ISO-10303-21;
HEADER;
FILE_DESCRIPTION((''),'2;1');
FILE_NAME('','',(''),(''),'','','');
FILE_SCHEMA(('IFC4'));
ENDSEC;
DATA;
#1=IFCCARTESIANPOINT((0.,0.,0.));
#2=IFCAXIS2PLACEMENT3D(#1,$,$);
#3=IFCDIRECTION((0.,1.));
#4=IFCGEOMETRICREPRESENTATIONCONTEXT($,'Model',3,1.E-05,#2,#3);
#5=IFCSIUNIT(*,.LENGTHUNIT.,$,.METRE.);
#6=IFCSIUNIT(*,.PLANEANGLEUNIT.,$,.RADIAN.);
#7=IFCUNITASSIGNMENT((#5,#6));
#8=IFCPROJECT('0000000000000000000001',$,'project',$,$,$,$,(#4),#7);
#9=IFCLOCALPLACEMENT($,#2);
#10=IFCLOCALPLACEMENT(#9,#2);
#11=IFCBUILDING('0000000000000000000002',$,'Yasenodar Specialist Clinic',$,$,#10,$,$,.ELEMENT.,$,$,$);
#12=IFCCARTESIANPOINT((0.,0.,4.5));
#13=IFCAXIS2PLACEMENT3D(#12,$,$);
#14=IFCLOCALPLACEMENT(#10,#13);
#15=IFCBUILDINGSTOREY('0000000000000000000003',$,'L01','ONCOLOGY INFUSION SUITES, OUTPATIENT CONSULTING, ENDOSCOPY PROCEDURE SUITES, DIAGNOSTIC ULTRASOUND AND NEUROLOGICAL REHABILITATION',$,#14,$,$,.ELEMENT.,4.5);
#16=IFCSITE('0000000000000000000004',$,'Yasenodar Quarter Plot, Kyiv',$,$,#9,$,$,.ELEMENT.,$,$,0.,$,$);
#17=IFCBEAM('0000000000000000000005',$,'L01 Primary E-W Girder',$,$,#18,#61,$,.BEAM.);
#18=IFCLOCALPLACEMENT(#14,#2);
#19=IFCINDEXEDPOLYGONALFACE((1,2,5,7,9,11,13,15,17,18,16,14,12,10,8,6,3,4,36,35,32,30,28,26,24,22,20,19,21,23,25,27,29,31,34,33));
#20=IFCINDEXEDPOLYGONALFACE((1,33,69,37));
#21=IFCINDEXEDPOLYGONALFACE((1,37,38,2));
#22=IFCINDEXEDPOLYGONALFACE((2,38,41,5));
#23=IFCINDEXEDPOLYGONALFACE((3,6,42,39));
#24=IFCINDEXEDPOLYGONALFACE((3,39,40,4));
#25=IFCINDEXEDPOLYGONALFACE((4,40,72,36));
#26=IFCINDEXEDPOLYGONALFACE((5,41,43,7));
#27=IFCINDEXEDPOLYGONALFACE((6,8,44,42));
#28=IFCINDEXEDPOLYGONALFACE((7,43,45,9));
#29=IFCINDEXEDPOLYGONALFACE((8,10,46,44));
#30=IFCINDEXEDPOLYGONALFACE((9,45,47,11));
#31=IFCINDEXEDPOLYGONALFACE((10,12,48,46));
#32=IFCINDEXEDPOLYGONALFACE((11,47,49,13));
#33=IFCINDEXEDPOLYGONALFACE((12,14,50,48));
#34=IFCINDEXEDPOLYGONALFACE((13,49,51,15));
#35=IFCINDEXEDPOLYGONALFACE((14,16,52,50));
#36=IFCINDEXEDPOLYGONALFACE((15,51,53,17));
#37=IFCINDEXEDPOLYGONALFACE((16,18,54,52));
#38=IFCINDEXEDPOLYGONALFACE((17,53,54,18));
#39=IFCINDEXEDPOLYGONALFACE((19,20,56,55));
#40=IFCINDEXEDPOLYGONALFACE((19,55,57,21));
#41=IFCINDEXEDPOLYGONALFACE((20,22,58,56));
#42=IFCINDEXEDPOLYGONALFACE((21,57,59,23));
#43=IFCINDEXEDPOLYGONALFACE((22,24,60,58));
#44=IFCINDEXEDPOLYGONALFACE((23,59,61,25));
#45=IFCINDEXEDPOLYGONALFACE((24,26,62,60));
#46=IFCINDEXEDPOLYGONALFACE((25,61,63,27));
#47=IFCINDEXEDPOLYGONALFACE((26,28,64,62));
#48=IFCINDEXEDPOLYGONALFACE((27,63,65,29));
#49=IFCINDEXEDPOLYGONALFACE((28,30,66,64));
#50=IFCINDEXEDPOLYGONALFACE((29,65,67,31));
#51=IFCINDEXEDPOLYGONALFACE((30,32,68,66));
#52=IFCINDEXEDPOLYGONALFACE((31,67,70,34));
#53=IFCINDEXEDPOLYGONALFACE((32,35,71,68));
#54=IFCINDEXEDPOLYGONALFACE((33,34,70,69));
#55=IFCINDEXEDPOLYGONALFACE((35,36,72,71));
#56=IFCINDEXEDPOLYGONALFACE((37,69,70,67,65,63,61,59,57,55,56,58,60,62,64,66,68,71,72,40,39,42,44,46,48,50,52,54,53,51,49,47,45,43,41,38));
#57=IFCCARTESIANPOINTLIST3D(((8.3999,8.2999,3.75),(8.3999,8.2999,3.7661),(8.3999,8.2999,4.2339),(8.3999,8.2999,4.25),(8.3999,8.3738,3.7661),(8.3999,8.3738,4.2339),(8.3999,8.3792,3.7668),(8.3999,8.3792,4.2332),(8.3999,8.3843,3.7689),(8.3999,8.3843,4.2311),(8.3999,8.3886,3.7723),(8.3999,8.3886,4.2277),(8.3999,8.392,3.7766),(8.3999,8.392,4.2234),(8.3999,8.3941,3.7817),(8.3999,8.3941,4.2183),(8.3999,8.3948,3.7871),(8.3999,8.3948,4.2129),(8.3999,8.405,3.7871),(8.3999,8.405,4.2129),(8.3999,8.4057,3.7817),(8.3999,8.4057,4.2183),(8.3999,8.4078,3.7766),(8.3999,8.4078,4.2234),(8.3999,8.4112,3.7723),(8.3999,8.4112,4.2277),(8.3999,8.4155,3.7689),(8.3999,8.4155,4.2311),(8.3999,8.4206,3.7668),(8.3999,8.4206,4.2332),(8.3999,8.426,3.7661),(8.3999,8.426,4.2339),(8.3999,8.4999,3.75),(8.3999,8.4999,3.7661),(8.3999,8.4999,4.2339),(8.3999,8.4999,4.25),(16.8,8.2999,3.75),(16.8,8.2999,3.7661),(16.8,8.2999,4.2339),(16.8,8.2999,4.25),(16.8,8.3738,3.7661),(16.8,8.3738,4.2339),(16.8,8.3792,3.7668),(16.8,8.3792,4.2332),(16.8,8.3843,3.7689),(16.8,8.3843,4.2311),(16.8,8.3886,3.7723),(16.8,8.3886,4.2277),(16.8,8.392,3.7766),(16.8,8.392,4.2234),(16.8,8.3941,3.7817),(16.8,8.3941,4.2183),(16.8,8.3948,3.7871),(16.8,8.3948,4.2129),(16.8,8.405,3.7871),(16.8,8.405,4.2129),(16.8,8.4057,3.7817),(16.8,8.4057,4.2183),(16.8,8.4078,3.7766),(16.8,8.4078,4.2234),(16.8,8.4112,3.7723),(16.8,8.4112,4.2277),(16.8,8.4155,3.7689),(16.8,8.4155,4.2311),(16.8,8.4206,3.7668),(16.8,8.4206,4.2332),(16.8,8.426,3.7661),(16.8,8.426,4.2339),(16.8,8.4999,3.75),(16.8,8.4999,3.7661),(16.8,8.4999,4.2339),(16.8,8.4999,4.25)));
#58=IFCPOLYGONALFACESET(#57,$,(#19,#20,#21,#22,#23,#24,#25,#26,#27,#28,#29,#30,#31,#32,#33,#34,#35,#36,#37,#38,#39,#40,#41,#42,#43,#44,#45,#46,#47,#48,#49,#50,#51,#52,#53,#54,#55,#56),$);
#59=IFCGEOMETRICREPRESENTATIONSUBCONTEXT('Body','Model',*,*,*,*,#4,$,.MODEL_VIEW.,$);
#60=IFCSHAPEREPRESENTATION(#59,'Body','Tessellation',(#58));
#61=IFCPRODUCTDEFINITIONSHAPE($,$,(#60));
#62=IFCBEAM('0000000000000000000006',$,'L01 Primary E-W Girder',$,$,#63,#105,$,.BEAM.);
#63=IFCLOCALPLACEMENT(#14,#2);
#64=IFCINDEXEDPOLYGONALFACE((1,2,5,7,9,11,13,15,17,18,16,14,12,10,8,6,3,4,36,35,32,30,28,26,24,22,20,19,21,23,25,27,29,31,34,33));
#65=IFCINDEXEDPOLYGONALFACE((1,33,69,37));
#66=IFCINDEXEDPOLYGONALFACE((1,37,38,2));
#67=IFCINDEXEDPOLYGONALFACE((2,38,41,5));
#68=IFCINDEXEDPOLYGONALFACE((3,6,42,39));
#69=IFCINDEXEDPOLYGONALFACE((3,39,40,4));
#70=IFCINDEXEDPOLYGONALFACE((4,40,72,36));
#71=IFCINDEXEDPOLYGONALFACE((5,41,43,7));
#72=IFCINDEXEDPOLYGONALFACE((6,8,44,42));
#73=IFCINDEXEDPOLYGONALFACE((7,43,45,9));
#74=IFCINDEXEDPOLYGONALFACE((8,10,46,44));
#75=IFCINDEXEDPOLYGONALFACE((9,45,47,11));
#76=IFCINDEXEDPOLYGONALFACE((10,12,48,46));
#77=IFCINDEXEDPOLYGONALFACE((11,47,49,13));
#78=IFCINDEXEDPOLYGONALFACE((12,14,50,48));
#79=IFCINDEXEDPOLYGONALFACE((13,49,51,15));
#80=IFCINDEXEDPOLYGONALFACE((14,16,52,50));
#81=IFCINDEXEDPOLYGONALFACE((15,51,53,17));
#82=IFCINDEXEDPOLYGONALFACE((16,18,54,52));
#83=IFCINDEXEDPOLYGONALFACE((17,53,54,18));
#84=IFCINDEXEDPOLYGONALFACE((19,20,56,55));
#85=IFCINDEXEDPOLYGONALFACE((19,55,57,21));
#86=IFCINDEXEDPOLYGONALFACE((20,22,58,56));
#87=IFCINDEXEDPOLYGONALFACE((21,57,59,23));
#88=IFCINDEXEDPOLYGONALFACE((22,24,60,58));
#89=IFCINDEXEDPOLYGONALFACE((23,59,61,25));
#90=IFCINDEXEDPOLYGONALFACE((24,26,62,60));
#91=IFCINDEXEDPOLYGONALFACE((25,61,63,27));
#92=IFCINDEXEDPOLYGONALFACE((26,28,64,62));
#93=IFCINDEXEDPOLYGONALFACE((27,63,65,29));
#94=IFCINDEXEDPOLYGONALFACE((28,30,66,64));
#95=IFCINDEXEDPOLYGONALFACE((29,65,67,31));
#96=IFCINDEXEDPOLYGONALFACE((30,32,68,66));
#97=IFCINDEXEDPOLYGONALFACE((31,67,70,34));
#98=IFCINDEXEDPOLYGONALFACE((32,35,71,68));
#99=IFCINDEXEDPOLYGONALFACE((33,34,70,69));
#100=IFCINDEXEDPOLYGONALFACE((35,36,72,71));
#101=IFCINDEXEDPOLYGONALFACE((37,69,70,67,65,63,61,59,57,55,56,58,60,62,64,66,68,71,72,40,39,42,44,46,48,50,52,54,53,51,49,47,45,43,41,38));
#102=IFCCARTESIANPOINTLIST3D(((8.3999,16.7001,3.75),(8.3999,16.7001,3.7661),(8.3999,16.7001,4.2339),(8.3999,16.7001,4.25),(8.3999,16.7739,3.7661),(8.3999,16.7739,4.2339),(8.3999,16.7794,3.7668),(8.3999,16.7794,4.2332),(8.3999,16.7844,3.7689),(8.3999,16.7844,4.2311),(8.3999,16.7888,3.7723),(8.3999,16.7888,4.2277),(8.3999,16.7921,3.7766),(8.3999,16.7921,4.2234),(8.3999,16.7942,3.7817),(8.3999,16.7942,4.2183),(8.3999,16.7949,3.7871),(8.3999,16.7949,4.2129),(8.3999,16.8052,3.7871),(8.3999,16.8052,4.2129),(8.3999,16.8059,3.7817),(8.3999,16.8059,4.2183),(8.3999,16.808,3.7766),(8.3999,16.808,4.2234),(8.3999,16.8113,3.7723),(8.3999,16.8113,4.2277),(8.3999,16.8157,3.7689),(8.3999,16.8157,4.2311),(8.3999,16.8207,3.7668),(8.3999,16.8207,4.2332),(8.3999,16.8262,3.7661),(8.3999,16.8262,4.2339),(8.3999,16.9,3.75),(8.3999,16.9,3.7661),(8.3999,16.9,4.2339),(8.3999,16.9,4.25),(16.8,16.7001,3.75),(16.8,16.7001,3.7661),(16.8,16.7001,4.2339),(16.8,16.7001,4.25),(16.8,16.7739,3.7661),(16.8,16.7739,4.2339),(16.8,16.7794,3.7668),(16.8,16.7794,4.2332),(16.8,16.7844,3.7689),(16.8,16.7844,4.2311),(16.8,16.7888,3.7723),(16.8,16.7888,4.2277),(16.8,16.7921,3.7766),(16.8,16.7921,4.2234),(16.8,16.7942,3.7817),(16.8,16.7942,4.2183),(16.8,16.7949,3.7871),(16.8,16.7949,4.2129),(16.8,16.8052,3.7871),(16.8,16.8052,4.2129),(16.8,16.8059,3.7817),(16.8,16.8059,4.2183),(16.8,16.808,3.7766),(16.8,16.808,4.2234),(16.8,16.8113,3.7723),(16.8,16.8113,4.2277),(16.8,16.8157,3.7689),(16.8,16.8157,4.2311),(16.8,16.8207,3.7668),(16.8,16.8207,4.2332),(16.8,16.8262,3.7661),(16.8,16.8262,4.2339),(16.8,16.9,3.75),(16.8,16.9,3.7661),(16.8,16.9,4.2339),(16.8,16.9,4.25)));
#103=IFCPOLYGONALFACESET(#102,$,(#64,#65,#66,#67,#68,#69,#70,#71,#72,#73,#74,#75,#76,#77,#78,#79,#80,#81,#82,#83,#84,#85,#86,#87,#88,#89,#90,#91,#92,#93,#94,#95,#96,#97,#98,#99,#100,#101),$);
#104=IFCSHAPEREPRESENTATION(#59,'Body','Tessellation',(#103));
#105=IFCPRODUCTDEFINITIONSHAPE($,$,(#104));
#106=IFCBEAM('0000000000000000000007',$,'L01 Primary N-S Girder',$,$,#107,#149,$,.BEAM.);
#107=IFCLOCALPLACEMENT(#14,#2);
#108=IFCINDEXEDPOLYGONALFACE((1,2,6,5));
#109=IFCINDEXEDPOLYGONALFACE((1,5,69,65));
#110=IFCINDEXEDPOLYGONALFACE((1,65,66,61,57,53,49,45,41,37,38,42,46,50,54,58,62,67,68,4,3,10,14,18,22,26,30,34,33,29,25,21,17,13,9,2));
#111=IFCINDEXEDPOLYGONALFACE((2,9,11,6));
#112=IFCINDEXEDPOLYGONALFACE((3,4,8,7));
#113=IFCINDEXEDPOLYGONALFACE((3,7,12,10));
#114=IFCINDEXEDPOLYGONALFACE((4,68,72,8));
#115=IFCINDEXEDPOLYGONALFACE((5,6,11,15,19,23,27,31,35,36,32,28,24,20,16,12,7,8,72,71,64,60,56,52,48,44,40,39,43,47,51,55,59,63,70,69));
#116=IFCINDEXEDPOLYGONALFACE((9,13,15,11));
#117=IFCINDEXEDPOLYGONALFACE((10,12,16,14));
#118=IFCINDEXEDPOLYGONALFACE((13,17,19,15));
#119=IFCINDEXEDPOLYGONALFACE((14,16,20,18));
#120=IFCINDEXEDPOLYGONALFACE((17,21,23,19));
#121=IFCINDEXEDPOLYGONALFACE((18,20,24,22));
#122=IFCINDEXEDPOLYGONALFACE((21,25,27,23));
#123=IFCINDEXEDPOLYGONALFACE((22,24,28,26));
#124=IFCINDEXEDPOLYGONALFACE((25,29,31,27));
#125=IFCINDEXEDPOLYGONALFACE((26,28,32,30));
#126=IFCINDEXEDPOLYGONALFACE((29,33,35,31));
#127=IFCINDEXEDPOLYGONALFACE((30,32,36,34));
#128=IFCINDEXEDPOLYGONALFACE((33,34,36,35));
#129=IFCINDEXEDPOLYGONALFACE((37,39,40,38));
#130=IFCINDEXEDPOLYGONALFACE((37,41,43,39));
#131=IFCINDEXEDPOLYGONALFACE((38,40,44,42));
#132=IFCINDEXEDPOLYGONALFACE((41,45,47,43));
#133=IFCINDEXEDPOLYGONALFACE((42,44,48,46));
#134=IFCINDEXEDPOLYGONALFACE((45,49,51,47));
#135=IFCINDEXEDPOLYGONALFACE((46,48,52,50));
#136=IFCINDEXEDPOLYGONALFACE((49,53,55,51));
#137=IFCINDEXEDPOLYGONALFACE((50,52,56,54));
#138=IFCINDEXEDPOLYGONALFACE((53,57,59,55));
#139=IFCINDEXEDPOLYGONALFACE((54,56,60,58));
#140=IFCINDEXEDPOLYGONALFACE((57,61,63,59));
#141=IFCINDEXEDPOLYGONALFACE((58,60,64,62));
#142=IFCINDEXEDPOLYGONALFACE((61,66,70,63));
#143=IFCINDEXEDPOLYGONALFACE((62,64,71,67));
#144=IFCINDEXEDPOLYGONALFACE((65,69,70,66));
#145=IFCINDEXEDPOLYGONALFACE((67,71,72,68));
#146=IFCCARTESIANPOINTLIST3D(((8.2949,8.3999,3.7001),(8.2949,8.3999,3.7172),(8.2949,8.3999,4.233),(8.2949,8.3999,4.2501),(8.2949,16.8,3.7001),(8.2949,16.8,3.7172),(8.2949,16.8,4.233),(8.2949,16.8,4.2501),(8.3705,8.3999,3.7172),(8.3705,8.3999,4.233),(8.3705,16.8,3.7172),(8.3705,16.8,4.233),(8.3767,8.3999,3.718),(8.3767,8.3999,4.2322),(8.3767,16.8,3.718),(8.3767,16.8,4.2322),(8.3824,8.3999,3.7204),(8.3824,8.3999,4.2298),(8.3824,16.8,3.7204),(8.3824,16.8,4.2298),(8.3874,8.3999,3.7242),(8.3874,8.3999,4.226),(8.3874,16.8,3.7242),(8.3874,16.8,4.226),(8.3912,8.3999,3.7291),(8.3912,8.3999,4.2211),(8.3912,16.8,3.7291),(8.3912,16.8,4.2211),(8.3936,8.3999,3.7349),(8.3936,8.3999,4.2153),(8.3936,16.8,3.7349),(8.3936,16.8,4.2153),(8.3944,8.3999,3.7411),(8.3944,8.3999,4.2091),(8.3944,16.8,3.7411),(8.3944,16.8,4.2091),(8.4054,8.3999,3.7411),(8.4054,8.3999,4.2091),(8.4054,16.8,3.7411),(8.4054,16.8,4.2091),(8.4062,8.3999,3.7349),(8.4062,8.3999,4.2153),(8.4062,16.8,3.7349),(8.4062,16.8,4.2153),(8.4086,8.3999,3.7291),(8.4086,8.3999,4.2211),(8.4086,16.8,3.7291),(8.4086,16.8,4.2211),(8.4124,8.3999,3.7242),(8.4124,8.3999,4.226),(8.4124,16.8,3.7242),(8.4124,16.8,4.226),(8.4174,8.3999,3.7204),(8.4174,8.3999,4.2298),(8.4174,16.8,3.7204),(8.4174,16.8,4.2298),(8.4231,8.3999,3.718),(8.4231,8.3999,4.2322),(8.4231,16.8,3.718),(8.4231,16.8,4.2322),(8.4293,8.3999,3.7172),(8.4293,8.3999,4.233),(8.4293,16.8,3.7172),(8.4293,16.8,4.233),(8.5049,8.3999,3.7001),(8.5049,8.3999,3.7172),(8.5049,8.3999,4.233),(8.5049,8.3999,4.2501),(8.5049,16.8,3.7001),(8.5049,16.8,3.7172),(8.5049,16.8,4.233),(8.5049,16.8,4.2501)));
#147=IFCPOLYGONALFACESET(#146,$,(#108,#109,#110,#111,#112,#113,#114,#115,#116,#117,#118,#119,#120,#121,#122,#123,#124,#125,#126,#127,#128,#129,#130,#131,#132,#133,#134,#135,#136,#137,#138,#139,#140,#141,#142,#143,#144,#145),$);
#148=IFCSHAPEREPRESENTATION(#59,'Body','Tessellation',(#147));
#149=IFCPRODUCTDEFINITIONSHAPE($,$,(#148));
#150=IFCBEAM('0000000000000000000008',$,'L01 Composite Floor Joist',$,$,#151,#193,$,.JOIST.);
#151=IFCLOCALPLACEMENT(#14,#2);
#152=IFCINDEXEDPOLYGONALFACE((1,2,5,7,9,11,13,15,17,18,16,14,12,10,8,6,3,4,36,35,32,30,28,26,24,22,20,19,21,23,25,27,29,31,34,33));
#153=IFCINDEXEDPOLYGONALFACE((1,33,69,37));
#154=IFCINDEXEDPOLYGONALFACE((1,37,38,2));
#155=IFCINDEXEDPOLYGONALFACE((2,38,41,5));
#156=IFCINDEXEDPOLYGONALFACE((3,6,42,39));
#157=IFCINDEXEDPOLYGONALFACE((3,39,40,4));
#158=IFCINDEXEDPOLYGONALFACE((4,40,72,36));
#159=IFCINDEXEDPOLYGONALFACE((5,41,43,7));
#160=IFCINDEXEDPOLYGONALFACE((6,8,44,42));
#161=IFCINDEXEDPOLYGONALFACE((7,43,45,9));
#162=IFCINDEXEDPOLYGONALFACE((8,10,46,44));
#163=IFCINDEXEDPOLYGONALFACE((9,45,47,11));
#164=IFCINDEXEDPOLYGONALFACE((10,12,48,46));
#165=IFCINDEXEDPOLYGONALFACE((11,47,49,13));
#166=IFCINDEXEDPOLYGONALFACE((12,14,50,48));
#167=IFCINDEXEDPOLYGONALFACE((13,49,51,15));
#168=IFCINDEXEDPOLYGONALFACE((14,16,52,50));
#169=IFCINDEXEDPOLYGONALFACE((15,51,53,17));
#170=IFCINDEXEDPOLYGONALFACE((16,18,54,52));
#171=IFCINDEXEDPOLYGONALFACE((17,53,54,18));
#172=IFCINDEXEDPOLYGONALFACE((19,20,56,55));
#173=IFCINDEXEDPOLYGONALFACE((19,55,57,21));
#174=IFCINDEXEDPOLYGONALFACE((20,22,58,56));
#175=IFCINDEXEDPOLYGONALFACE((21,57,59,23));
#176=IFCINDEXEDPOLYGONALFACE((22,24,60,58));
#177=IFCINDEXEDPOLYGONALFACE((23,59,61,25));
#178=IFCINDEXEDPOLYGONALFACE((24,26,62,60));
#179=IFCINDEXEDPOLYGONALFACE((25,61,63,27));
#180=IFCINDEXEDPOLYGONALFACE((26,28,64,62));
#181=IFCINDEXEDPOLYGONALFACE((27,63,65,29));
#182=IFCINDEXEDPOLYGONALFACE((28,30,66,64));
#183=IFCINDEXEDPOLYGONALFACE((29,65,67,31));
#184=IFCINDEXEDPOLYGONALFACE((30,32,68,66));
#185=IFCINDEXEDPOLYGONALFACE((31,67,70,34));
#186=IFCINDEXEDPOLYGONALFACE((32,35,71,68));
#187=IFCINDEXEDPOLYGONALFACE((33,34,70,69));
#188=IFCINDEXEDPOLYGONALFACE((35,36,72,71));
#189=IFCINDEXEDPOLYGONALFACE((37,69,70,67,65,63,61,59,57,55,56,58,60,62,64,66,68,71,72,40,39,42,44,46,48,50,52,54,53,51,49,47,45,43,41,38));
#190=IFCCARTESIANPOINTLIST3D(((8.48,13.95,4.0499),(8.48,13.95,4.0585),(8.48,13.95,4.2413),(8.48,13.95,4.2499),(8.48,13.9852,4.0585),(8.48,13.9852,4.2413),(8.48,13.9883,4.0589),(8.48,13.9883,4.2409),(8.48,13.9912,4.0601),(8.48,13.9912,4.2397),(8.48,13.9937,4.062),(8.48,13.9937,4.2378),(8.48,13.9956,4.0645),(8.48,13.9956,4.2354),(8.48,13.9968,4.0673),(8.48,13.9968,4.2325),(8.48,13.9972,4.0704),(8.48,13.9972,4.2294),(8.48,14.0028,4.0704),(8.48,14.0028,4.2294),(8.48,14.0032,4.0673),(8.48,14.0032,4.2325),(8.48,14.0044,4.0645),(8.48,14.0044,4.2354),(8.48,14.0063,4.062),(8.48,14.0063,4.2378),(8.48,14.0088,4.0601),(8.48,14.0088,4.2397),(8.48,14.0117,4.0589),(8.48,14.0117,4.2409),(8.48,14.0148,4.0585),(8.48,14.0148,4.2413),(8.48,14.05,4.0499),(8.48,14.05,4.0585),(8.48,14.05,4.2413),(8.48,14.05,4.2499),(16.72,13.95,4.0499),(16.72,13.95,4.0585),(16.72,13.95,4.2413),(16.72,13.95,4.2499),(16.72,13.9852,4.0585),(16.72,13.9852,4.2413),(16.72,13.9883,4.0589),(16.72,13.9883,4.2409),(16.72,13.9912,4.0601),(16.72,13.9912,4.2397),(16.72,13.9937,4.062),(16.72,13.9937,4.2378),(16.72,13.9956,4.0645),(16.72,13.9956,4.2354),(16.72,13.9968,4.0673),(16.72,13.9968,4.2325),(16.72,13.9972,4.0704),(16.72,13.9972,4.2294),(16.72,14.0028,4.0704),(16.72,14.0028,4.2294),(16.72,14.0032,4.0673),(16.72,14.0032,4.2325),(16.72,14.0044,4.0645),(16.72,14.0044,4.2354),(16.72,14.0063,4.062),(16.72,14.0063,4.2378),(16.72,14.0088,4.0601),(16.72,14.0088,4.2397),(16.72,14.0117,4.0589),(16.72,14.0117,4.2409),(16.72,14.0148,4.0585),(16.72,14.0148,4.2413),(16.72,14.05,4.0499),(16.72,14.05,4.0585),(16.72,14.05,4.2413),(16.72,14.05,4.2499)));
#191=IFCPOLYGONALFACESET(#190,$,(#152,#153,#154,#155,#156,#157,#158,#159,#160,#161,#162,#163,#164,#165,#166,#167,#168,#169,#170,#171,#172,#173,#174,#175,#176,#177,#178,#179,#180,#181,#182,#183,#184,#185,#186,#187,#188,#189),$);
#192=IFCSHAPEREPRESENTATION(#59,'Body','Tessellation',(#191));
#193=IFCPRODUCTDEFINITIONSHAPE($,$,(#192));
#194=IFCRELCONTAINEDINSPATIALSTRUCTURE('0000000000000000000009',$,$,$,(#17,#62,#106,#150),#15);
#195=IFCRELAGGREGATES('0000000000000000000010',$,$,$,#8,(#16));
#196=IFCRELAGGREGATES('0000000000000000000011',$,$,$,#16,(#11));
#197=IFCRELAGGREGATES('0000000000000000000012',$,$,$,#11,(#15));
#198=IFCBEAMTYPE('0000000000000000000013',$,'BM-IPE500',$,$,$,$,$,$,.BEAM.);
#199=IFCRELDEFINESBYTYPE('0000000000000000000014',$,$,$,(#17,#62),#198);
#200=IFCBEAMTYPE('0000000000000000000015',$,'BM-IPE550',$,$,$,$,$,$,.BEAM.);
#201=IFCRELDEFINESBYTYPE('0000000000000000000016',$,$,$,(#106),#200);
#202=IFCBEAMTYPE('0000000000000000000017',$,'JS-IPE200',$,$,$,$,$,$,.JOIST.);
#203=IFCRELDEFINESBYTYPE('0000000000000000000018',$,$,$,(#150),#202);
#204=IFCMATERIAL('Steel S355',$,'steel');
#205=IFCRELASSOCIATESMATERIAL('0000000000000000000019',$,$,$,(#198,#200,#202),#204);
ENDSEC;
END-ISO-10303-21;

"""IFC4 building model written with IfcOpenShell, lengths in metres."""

from ifc_helpers import new_model, si_unit, direction, frame, origin, origin_2d, place, context, subcontext, project, spatial, i_section, extrude, material, material_profile, profile_set, type_object, element, save


model = new_model("IFC4")

# Units and contexts
model_context = context("Model", 3, precision=1e-05, world=origin(), true_north=direction((0.0, 1.0)))
body_context = subcontext(model_context, "Body", "Model", "MODEL_VIEW")
ifc_project = project(units=[si_unit("LENGTHUNIT", "METRE"), si_unit("PLANEANGLEUNIT", "RADIAN")], contexts=[model_context])

# Site, building, storey
site_placement = place(None, origin())
site = spatial("IfcSite", under=ifc_project, at=site_placement, Name="Yasenodar Quarter Plot, Kyiv", CompositionType="ELEMENT", RefElevation=0.0)
building_placement = place(site_placement, origin())
building = spatial("IfcBuilding", under=site, at=building_placement, Name="Yasenodar Specialist Clinic", CompositionType="ELEMENT")
storey_placement = place(building_placement, frame((0.0, 0.0, 4.5)))
storey = spatial("IfcBuildingStorey", under=building, at=storey_placement, Name="L01", Description="ONCOLOGY INFUSION SUITES, OUTPATIENT CONSULTING, ENDOSCOPY PROCEDURE SUITES, DIAGNOSTIC ULTRASOUND AND NEUROLOGICAL REHABILITATION", CompositionType="ELEMENT", Elevation=4.5)

# Shared definitions
ifc_material_1 = material(Name="Steel S355", Category="steel")

# Beams
ifc_material_profile_1 = material_profile(ifc_material_1, i_section(OverallWidth=0.2, OverallDepth=0.5, WebThickness=0.0103, FlangeThickness=0.0161, FilletRadius=0.021, at=origin_2d()), Name="IPE 500")
ifc_profile_set_1 = profile_set([ifc_material_profile_1], Name="Steel S355")
beam_type_1 = type_object("IfcBeamType", Name="BM-IPE500", PredefinedType="BEAM", material=ifc_profile_set_1)
for number, where, z_axis, x_axis, name in (
    (1, (8.3999, 8.3999, 4.0), (1.0, 0.0, 0.0), (0.0, 1.0, 0.0), "L01 Primary E-W Girder"),
    (2, (8.3999, 16.8, 4.0), (1.0, 0.0, 0.0), (0.0, 1.0, 0.0), "L01 Primary E-W Girder"),
):
    element("IfcBeam", number, at=place(storey_placement, frame(where, z_axis=z_axis, x_axis=x_axis)), inside=storey, type_object=beam_type_1, Name=name, PredefinedType="BEAM", context=body_context, shape_type="SweptSolid", body=[
        extrude(i_section(OverallWidth=0.2, OverallDepth=0.5, WebThickness=0.0103, FlangeThickness=0.0161, FilletRadius=0.021, at=origin_2d()), origin(), (0.0, 0.0, 1.0), 8.4001),
    ])
ifc_material_profile_2 = material_profile(ifc_material_1, i_section(OverallWidth=0.21, OverallDepth=0.55, WebThickness=0.011, FlangeThickness=0.0171, FilletRadius=0.0239, at=origin_2d()), Name="IPE 550")
ifc_profile_set_2 = profile_set([ifc_material_profile_2], Name="Steel S355")
beam_type_2 = type_object("IfcBeamType", Name="BM-IPE550", PredefinedType="BEAM", material=ifc_profile_set_2)
beam_1_placement = place(storey_placement, frame((8.3999, 8.3999, 3.9751), z_axis=(0.0, 1.0, 0.0), x_axis=(-1.0, 0.0, 0.0)))
element("IfcBeam", 3, at=beam_1_placement, inside=storey, type_object=beam_type_2, Name="L01 Primary N-S Girder", PredefinedType="BEAM", context=body_context, shape_type="SweptSolid", body=[
    extrude(i_section(OverallWidth=0.21, OverallDepth=0.55, WebThickness=0.011, FlangeThickness=0.0171, FilletRadius=0.0239, at=origin_2d()), origin(), (0.0, 0.0, 1.0), 8.4001),
])
ifc_material_profile_3 = material_profile(ifc_material_1, i_section(OverallWidth=0.1001, OverallDepth=0.2, WebThickness=0.0056, FlangeThickness=0.0085, FilletRadius=0.012, at=origin_2d()), Name="IPE 200")
ifc_profile_set_3 = profile_set([ifc_material_profile_3], Name="Steel S355")
beam_type_3 = type_object("IfcBeamType", Name="JS-IPE200", PredefinedType="JOIST", material=ifc_profile_set_3)
for number, where, z_axis, x_axis, name in (
    (4, (8.48, 14.0, 4.1499), (1.0, 0.0, 0.0), (0.0, 1.0, 0.0), "L01 Composite Floor Joist"),
):
    element("IfcBeam", number, at=place(storey_placement, frame(where, z_axis=z_axis, x_axis=x_axis)), inside=storey, type_object=beam_type_3, Name=name, PredefinedType="JOIST", context=body_context, shape_type="SweptSolid", body=[
        extrude(i_section(OverallWidth=0.1001, OverallDepth=0.2, WebThickness=0.0056, FlangeThickness=0.0085, FilletRadius=0.012, at=origin_2d()), origin(), (0.0, 0.0, 1.0), 8.24),
    ])

save(model, "model.ifc")
